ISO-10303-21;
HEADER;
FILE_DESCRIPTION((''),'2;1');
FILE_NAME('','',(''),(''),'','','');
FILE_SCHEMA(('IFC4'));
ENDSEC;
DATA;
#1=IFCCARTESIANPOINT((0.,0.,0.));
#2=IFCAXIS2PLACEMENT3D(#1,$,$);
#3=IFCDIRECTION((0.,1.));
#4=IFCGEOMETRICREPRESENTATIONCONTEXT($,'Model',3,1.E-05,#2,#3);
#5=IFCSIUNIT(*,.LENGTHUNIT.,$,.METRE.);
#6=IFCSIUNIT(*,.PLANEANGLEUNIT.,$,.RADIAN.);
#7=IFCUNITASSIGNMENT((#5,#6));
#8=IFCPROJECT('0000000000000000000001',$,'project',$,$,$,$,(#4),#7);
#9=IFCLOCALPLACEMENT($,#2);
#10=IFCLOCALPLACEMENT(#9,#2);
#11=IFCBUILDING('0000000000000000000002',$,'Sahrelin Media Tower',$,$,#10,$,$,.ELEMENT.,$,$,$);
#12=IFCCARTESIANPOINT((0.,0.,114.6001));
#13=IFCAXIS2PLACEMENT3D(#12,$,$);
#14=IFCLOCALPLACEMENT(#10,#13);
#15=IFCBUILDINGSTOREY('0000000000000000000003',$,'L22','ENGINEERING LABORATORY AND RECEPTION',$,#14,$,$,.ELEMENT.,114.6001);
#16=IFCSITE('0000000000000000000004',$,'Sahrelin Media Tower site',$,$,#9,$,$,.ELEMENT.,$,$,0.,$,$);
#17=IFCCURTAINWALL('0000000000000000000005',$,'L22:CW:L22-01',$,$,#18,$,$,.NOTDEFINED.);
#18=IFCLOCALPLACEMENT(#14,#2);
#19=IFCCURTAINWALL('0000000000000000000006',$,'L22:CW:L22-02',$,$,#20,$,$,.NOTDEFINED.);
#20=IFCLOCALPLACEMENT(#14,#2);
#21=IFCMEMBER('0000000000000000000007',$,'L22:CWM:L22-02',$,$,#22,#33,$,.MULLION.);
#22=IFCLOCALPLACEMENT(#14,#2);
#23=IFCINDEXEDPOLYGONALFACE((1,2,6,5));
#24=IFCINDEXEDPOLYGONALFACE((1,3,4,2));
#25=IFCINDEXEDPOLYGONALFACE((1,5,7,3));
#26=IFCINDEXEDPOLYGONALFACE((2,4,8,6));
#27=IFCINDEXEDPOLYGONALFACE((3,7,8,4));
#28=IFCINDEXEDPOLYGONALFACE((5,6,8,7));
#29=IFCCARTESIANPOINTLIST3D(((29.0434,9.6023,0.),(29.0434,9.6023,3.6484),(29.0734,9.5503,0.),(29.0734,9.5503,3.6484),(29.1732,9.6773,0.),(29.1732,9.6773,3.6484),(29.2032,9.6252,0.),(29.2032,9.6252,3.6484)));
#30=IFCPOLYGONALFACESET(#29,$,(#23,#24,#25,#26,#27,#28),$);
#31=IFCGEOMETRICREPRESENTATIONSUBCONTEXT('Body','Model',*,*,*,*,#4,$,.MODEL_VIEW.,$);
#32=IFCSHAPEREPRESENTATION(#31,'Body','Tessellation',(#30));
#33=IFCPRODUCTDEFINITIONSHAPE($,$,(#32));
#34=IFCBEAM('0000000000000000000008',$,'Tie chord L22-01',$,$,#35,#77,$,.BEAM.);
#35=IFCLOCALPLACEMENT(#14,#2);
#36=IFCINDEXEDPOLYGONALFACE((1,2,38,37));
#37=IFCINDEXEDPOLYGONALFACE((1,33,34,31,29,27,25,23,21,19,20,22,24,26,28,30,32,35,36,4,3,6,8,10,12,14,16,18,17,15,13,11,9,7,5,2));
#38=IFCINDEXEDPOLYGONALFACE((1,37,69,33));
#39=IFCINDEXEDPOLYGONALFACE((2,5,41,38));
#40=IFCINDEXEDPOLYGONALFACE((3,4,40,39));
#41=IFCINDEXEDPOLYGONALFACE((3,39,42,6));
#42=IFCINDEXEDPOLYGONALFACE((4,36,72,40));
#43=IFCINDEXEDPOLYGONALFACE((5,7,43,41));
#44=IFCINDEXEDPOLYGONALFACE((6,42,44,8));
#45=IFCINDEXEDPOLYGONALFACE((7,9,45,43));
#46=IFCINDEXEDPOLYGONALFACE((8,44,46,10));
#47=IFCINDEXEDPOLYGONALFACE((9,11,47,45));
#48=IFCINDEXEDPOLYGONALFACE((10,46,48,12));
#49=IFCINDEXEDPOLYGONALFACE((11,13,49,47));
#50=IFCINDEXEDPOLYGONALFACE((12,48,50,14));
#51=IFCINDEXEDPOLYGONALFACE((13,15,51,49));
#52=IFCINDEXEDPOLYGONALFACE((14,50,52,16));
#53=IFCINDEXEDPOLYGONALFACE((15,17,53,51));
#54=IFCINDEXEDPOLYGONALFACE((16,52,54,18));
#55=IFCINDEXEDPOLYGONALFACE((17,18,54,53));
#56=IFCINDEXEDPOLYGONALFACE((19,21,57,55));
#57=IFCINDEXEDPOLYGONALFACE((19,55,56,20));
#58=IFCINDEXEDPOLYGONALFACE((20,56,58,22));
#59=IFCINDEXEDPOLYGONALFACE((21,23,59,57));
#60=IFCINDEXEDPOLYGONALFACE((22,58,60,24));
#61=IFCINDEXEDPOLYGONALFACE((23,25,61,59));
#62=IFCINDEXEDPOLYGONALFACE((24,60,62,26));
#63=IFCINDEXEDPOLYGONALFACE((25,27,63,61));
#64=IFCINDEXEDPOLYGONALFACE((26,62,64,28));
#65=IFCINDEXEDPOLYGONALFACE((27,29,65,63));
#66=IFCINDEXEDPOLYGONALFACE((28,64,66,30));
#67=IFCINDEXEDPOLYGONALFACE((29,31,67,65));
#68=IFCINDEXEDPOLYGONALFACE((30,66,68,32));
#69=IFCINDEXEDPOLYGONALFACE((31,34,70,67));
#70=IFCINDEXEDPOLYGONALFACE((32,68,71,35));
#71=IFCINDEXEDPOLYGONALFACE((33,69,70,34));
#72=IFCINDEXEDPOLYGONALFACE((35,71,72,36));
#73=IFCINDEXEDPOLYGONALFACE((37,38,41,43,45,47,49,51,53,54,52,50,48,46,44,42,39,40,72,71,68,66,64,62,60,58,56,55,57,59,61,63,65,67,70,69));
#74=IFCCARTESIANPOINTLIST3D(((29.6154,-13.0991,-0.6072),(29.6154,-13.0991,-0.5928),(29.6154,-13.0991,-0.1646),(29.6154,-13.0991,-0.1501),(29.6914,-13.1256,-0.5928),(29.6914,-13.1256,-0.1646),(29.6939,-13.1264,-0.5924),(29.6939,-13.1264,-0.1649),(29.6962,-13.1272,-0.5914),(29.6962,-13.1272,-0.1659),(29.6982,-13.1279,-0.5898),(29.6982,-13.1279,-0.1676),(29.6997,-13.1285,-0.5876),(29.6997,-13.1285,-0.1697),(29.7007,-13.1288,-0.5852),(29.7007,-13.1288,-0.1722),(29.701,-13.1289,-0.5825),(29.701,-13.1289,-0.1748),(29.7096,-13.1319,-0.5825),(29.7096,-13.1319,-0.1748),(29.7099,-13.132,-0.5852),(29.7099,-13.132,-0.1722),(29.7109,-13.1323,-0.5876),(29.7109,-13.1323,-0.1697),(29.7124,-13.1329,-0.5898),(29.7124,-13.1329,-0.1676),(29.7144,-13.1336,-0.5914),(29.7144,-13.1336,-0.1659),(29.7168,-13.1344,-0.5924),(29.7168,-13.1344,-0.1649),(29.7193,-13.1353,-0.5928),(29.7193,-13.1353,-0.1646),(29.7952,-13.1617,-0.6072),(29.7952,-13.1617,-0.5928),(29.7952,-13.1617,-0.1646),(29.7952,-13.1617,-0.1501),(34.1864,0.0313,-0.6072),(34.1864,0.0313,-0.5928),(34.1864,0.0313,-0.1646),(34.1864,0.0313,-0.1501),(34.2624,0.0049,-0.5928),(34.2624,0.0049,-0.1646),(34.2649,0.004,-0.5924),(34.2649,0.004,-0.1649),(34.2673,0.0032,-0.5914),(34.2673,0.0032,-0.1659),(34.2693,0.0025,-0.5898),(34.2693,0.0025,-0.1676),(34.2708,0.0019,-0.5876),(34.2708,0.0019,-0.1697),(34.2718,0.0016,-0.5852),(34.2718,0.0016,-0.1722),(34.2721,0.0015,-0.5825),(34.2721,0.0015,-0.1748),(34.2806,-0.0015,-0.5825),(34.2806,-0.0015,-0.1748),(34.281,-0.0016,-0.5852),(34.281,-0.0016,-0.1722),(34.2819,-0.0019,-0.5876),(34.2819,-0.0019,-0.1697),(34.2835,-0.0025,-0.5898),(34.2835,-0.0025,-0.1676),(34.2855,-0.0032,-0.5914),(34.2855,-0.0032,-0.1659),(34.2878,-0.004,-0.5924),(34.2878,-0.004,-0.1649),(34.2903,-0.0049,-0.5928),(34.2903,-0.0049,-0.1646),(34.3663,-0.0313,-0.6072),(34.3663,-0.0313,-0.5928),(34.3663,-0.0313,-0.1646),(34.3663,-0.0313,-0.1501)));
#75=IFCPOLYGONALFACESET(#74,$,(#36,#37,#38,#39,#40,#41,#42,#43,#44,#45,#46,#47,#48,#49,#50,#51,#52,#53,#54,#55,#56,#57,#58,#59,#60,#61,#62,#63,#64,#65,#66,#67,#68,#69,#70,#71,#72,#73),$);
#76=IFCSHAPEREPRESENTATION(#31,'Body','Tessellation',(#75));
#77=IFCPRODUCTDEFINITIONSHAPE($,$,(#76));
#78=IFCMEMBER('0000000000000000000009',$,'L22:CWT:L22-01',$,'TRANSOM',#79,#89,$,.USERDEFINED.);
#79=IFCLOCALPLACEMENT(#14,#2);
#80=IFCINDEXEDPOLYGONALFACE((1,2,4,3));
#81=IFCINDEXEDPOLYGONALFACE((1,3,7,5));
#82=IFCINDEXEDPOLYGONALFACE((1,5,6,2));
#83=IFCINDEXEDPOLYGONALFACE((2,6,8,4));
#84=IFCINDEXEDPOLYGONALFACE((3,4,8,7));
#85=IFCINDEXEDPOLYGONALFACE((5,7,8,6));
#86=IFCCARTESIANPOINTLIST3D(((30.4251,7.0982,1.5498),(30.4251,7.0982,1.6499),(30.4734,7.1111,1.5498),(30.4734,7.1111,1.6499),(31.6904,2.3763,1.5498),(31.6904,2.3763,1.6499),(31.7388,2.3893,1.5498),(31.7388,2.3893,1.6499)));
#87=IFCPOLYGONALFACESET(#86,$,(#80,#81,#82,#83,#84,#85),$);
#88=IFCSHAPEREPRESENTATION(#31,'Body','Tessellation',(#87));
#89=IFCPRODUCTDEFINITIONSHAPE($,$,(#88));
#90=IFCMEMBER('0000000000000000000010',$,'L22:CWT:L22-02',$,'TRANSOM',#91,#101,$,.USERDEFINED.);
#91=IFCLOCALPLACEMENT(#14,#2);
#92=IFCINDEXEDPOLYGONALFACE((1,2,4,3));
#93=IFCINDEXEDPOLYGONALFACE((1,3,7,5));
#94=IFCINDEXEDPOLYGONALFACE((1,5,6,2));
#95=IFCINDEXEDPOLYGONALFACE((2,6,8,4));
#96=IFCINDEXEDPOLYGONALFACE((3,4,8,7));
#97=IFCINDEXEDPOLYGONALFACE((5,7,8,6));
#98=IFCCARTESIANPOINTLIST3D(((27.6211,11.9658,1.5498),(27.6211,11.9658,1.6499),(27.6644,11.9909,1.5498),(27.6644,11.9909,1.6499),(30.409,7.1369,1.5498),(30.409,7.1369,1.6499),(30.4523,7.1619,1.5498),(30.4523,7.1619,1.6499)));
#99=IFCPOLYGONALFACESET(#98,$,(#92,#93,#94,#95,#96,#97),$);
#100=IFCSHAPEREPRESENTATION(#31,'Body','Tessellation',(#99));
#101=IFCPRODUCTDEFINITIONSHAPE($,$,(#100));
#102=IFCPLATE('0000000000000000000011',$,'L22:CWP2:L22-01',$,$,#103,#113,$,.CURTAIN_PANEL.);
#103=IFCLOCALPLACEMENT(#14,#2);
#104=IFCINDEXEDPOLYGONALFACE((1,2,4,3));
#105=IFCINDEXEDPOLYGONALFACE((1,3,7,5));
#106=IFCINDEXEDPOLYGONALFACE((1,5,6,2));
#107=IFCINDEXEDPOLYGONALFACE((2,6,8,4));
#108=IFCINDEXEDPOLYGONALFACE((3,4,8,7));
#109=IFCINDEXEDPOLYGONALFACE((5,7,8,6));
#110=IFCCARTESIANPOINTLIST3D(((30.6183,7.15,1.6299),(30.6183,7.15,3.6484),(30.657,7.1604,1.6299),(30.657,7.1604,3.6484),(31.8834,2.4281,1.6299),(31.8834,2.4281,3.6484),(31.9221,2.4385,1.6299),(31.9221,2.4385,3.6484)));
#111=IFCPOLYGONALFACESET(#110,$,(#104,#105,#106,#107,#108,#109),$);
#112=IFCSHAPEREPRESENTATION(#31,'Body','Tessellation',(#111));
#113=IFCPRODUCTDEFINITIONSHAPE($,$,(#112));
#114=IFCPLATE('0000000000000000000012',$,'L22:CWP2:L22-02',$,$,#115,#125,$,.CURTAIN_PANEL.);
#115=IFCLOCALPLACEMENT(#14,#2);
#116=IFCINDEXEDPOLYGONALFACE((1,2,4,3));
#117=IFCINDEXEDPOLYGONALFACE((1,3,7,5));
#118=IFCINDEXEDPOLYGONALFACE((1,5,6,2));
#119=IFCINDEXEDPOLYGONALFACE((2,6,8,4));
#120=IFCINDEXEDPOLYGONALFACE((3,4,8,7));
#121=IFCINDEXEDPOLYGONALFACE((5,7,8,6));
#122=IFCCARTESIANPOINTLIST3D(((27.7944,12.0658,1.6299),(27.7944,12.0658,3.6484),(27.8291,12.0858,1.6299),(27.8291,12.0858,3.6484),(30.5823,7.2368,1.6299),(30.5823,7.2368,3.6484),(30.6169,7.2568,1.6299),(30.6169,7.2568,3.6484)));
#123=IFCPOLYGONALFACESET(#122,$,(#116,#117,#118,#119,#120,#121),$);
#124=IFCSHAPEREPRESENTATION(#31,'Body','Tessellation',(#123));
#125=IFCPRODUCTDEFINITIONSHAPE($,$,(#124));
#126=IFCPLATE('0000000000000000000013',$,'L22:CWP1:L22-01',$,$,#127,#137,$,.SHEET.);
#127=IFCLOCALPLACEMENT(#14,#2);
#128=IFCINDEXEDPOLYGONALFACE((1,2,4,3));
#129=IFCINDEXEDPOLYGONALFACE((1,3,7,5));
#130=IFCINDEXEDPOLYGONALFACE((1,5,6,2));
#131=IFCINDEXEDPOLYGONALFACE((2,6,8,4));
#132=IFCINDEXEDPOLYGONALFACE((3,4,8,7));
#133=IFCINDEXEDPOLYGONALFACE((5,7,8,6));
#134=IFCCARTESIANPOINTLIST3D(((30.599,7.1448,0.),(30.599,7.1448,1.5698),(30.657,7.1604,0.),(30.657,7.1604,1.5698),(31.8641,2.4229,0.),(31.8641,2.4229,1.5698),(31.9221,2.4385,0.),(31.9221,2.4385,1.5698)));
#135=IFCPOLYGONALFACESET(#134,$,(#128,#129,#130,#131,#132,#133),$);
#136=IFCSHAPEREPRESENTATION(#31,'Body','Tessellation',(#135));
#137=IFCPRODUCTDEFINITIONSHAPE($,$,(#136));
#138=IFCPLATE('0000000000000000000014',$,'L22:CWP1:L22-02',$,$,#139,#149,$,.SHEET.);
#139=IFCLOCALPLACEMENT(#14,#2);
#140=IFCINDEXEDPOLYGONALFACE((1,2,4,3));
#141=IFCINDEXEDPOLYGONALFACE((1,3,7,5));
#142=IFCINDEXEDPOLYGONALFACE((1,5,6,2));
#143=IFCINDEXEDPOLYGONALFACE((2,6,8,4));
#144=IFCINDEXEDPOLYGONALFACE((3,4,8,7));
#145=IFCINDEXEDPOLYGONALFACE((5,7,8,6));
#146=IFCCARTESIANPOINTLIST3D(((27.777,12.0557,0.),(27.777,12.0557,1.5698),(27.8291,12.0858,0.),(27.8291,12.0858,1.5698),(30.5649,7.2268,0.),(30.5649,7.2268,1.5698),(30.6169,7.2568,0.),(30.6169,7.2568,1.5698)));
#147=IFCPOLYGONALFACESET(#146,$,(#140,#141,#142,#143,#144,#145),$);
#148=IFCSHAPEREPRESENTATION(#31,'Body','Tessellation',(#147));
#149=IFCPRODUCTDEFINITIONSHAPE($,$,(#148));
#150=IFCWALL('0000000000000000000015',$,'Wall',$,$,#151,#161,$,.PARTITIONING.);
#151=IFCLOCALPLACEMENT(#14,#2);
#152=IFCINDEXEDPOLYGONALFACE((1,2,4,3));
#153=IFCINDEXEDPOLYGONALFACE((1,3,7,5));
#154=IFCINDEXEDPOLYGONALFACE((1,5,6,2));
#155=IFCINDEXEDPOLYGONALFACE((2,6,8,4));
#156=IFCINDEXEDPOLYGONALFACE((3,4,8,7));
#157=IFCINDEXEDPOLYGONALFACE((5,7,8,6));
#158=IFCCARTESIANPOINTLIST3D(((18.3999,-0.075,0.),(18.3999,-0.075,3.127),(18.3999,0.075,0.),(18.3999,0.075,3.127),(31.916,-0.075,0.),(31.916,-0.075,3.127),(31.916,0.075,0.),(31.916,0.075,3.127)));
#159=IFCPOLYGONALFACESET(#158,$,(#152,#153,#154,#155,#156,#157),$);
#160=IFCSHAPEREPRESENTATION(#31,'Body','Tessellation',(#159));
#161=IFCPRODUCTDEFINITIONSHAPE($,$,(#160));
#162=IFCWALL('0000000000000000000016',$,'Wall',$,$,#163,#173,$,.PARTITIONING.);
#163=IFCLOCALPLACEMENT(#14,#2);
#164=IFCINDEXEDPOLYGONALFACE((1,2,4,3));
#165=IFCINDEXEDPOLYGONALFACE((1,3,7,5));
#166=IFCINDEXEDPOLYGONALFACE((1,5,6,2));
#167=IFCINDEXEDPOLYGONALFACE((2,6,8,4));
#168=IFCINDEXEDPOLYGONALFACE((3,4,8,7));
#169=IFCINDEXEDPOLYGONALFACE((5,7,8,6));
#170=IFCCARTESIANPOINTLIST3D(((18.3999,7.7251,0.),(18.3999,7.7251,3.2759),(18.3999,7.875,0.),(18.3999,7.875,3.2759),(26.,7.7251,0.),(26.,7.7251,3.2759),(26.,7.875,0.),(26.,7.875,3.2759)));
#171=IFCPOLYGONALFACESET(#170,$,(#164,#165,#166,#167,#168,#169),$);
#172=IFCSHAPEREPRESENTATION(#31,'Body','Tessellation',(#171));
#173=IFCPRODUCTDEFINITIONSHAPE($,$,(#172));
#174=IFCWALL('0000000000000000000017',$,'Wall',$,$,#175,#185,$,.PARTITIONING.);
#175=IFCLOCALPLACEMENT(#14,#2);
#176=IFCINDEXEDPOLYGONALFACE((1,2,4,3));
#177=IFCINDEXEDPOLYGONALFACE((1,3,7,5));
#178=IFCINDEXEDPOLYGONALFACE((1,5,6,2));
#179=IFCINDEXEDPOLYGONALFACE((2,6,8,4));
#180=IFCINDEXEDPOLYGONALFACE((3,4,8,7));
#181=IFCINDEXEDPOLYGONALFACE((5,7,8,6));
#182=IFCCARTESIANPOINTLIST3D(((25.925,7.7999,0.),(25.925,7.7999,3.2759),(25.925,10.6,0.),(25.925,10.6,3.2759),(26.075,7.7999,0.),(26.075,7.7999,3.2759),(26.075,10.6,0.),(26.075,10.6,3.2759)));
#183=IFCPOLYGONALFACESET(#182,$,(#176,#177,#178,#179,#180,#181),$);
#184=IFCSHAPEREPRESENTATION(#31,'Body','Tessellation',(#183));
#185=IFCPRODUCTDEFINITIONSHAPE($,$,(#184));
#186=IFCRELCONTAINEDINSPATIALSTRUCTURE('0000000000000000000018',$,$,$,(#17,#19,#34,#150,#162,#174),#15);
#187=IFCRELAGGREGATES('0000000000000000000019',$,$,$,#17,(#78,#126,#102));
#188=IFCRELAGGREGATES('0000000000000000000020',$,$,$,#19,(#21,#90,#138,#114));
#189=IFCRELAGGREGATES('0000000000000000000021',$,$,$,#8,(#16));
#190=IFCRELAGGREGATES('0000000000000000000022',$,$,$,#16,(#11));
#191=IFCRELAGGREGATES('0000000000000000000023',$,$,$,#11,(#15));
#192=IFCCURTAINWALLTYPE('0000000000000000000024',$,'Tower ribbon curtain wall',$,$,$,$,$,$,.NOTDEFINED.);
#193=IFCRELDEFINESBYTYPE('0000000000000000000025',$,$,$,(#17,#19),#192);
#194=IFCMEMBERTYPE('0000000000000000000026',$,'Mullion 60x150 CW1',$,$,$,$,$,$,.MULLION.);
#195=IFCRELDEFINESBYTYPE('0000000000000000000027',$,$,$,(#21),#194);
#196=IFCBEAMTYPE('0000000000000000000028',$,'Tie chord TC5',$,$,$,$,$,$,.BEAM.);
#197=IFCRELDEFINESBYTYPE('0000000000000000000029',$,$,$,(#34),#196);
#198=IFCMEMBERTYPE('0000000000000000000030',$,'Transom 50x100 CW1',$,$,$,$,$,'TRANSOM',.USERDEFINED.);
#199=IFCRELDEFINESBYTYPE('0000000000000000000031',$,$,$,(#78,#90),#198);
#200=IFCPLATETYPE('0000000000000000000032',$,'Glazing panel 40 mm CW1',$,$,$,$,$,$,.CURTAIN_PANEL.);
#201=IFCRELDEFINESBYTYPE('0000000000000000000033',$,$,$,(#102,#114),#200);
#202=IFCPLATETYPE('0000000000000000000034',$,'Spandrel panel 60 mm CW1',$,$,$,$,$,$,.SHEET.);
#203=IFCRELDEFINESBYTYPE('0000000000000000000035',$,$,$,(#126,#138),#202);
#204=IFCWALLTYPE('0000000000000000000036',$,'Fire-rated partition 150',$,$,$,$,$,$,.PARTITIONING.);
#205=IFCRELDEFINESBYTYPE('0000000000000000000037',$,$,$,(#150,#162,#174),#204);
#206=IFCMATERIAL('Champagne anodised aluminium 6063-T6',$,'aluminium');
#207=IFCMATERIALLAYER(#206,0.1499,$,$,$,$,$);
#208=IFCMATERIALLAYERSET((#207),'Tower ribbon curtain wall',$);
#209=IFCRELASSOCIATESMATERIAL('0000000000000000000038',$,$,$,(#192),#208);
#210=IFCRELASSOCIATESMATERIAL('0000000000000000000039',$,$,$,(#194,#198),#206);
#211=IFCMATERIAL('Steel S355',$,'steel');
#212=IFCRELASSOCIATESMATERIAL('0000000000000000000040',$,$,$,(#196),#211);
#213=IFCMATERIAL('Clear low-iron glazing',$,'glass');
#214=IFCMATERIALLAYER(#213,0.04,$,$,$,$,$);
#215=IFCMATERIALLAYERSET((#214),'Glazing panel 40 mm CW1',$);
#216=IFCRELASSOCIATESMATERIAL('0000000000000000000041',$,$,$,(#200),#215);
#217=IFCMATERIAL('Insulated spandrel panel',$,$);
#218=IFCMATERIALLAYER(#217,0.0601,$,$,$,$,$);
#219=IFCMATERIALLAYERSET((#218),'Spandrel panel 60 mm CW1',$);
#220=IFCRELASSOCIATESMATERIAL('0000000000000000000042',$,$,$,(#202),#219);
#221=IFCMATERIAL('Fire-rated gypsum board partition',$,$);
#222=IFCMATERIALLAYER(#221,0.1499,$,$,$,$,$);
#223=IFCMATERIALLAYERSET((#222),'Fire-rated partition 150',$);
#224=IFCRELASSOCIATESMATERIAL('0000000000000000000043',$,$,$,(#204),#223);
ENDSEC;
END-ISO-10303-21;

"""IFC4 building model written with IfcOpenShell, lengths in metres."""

from ifc_helpers import new_model, si_unit, direction, frame, frame_2d, origin, origin_2d, place, context, subcontext, project, spatial, polyline, rectangle, i_section, outline, extrude, material, layer, layer_set, material_profile, profile_set, type_object, element, aggregate, save


model = new_model("IFC4")

# Units and contexts
model_context = context("Model", 3, precision=1e-05, world=origin(), true_north=direction((0.0, 1.0)))
body_context = subcontext(model_context, "Body", "Model", "MODEL_VIEW")
ifc_project = project(units=[si_unit("LENGTHUNIT", "METRE"), si_unit("PLANEANGLEUNIT", "RADIAN")], contexts=[model_context])

# Site, building, storey
site_placement = place(None, origin())
site = spatial("IfcSite", under=ifc_project, at=site_placement, Name="Sahrelin Media Tower site", CompositionType="ELEMENT", RefElevation=0.0)
building_placement = place(site_placement, origin())
building = spatial("IfcBuilding", under=site, at=building_placement, Name="Sahrelin Media Tower", CompositionType="ELEMENT")
storey_placement = place(building_placement, frame((0.0, 0.0, 114.6001)))
storey = spatial("IfcBuildingStorey", under=building, at=storey_placement, Name="L22", Description="ENGINEERING LABORATORY AND RECEPTION", CompositionType="ELEMENT", Elevation=114.6001)

# Shared definitions
ifc_material_1 = material(Name="Steel S355", Category="steel")

# Curtain walls, member
ifc_material_2 = material(Name="Champagne anodised aluminium 6063-T6", Category="aluminium")
ifc_layer_1 = layer(ifc_material_2, 0.1499)
ifc_layer_set_1 = layer_set([ifc_layer_1], Name="Tower ribbon curtain wall")
curtain_wall_type = type_object("IfcCurtainWallType", Name="Tower ribbon curtain wall", PredefinedType="NOTDEFINED", material=ifc_layer_set_1)
ifc_material_profile_1 = material_profile(ifc_material_2, rectangle(XDim=0.0601, YDim=0.1499, at=origin_2d()), Name="Mullion 60x150")
ifc_profile_set_1 = profile_set([ifc_material_profile_1], Name="Champagne anodised aluminium 6063-T6")
member_type_1 = type_object("IfcMemberType", Name="Mullion 60x150 CW1", PredefinedType="MULLION", material=ifc_profile_set_1)
curtain_wall_1_placement = place(storey_placement, frame((31.2703, 4.7942, 0.0), z_axis=(0.0, 0.0, 1.0), x_axis=(1.0, 0.0, 0.0)))
curtain_wall_1 = element("IfcCurtainWall", 1, at=curtain_wall_1_placement, inside=storey, type_object=curtain_wall_type, Name="L22:CW:L22-01", PredefinedType="NOTDEFINED")
curtain_wall_2_placement = place(storey_placement, frame((29.2056, 9.6611, 0.0), z_axis=(0.0, 0.0, 1.0), x_axis=(1.0, 0.0, 0.0)))
curtain_wall_2 = element("IfcCurtainWall", 2, at=curtain_wall_2_placement, inside=storey, type_object=curtain_wall_type, Name="L22:CW:L22-02", PredefinedType="NOTDEFINED")
member_1_placement = place(storey_placement, frame((29.1233, 9.6138, 0.0), z_axis=(0.0, 0.0, 1.0), x_axis=(-0.499991, 0.866031, 0.0)))
member_1 = element("IfcMember", 3, at=member_1_placement, type_object=member_type_1, Name="L22:CWM:L22-02", PredefinedType="MULLION", context=body_context, shape_type="SweptSolid", body=[
    extrude(rectangle(XDim=0.0601, YDim=0.1499, at=origin_2d()), origin(), (0.0, 0.0, 1.0), 3.6484),
])

# Beam
ifc_material_profile_2 = material_profile(ifc_material_1, i_section(OverallWidth=0.1904, OverallDepth=0.457, WebThickness=0.009, FlangeThickness=0.0144, FilletRadius=0.0103, at=origin_2d()), Name="UB 457x191x74")
ifc_profile_set_2 = profile_set([ifc_material_profile_2], Name="Steel S355")
beam_type_1 = type_object("IfcBeamType", Name="Tie chord TC5", PredefinedType="BEAM", material=ifc_profile_set_2)
beam_1_placement = place(storey_placement, frame((34.2764, 0.0, -0.3787), z_axis=(-0.328775, -0.944408, 0.0), x_axis=(0.944408, -0.328775, 0.0)))
element("IfcBeam", 4, at=beam_1_placement, inside=storey, type_object=beam_type_1, Name="Tie chord L22-01", PredefinedType="BEAM", context=body_context, shape_type="SweptSolid", body=[
    extrude(i_section(OverallWidth=0.1904, OverallDepth=0.457, WebThickness=0.009, FlangeThickness=0.0144, FilletRadius=0.0103, at=origin_2d()), origin(), (0.0, 0.0, 1.0), 13.9033),
])

# Members
ifc_material_profile_3 = material_profile(ifc_material_2, rectangle(XDim=0.05, YDim=0.1001, at=origin_2d()), Name="Transom 50x100")
ifc_profile_set_3 = profile_set([ifc_material_profile_3], Name="Champagne anodised aluminium 6063-T6")
member_type_2 = type_object("IfcMemberType", Name="Transom 50x100 CW1", ElementType="TRANSOM", PredefinedType="USERDEFINED", material=ifc_profile_set_3)
member_2_placement = place(storey_placement, frame((31.7146, 2.3828, 1.5999), z_axis=(-0.258847, 0.965918, 0.0), x_axis=(-0.965918, -0.258847, 0.0)))
member_2 = element("IfcMember", 5, at=member_2_placement, type_object=member_type_2, Name="L22:CWT:L22-01", ObjectType="TRANSOM", PredefinedType="USERDEFINED", context=body_context, shape_type="SweptSolid", body=[
    extrude(rectangle(XDim=0.05, YDim=0.1001, at=origin_2d()), origin(), (0.0, 0.0, 1.0), 4.8884),
])
member_3_placement = place(storey_placement, frame((30.4307, 7.1494, 1.5999), z_axis=(-0.499987, 0.866033, 0.0), x_axis=(-0.866033, -0.499987, 0.0)))
member_3 = element("IfcMember", 6, at=member_3_placement, type_object=member_type_2, Name="L22:CWT:L22-02", ObjectType="TRANSOM", PredefinedType="USERDEFINED", context=body_context, shape_type="SweptSolid", body=[
    extrude(rectangle(XDim=0.05, YDim=0.1001, at=origin_2d()), origin(), (0.0, 0.0, 1.0), 5.5759),
])

# Plates
ifc_material_3 = material(Name="Clear low-iron glazing", Category="glass")
ifc_layer_2 = layer(ifc_material_3, 0.04)
ifc_layer_set_2 = layer_set([ifc_layer_2], Name="Glazing panel 40 mm CW1")
plate_type_1 = type_object("IfcPlateType", Name="Glazing panel 40 mm CW1", PredefinedType="CURTAIN_PANEL", material=ifc_layer_set_2)
plate_1_placement = place(storey_placement, frame((31.9221, 2.4385, 1.6299), z_axis=(0.965931, 0.2588, 0.0), x_axis=(-0.2588, 0.965931, 0.0)))
plate_1 = element("IfcPlate", 7, at=plate_1_placement, type_object=plate_type_1, Name="L22:CWP2:L22-01", PredefinedType="CURTAIN_PANEL", context=body_context, shape_type="SweptSolid", body=[
    extrude(outline(polyline([(0.0, 0.0), (4.8884, 0.0), (4.8884, 2.0186), (0.0, 2.0186), (0.0, 0.0)])), origin(), (0.0, 0.0, -1.0), 0.04),
])
plate_2_placement = place(storey_placement, frame((30.6169, 7.2568, 1.6299), z_axis=(0.866033, 0.499987, 0.0), x_axis=(-0.499987, 0.866033, 0.0)))
plate_2 = element("IfcPlate", 8, at=plate_2_placement, type_object=plate_type_1, Name="L22:CWP2:L22-02", PredefinedType="CURTAIN_PANEL", context=body_context, shape_type="SweptSolid", body=[
    extrude(outline(polyline([(0.0, 0.0), (5.5759, 0.0), (5.5759, 2.0186), (0.0, 2.0186), (0.0, 0.0)])), origin(), (0.0, 0.0, -1.0), 0.04),
])
ifc_material_4 = material(Name="Insulated spandrel panel")
ifc_layer_3 = layer(ifc_material_4, 0.0601)
ifc_layer_set_3 = layer_set([ifc_layer_3], Name="Spandrel panel 60 mm CW1")
plate_type_2 = type_object("IfcPlateType", Name="Spandrel panel 60 mm CW1", PredefinedType="SHEET", material=ifc_layer_set_3)
plate_3_placement = place(storey_placement, frame((31.9221, 2.4385, 0.0), z_axis=(0.965931, 0.2588, 0.0), x_axis=(-0.2588, 0.965931, 0.0)))
plate_3 = element("IfcPlate", 9, at=plate_3_placement, type_object=plate_type_2, Name="L22:CWP1:L22-01", PredefinedType="SHEET", context=body_context, shape_type="SweptSolid", body=[
    extrude(outline(polyline([(0.0, 0.0), (4.8884, 0.0), (4.8884, 1.5698), (0.0, 1.5698), (0.0, 0.0)])), origin(), (0.0, 0.0, -1.0), 0.0601),
])
aggregate(curtain_wall_1, [member_2, plate_3, plate_1])
plate_4_placement = place(storey_placement, frame((30.6169, 7.2568, 0.0), z_axis=(0.866033, 0.499987, 0.0), x_axis=(-0.499987, 0.866033, 0.0)))
plate_4 = element("IfcPlate", 10, at=plate_4_placement, type_object=plate_type_2, Name="L22:CWP1:L22-02", PredefinedType="SHEET", context=body_context, shape_type="SweptSolid", body=[
    extrude(outline(polyline([(0.0, 0.0), (5.5759, 0.0), (5.5759, 1.5698), (0.0, 1.5698), (0.0, 0.0)])), origin(), (0.0, 0.0, -1.0), 0.0601),
])
aggregate(curtain_wall_2, [member_1, member_3, plate_4, plate_2])

# Walls
ifc_material_5 = material(Name="Fire-rated gypsum board partition")
ifc_layer_4 = layer(ifc_material_5, 0.1499)
ifc_layer_set_4 = layer_set([ifc_layer_4], Name="Fire-rated partition 150")
wall_type = type_object("IfcWallType", Name="Fire-rated partition 150", PredefinedType="PARTITIONING", material=ifc_layer_set_4)
wall_1_placement = place(storey_placement, frame((18.3999, 0.0, 0.0), z_axis=(0.0, 0.0, 1.0), x_axis=(1.0, 0.0, 0.0)))
element("IfcWall", 11, at=wall_1_placement, inside=storey, type_object=wall_type, Name="Wall", PredefinedType="PARTITIONING", context=body_context, shape_type="SweptSolid", body=[
    extrude(rectangle(XDim=13.5161, YDim=0.1499, at=frame_2d((6.7581, 0.0))), origin(), (0.0, 0.0, 1.0), 3.127),
])
wall_2_placement = place(storey_placement, frame((18.3999, 7.8, 0.0), z_axis=(0.0, 0.0, 1.0), x_axis=(1.0, 0.0, 0.0)))
element("IfcWall", 12, at=wall_2_placement, inside=storey, type_object=wall_type, Name="Wall", PredefinedType="PARTITIONING", context=body_context, shape_type="SweptSolid", body=[
    extrude(rectangle(XDim=7.6001, YDim=0.1499, at=frame_2d((3.8, 0.0))), origin(), (0.0, 0.0, 1.0), 3.2759),
])
wall_3_placement = place(storey_placement, frame((26.0, 7.8, 0.0), z_axis=(0.0, 0.0, 1.0), x_axis=(0.0, 1.0, 0.0)))
element("IfcWall", 13, at=wall_3_placement, inside=storey, type_object=wall_type, Name="Wall", PredefinedType="PARTITIONING", context=body_context, shape_type="SweptSolid", body=[
    extrude(rectangle(XDim=2.8, YDim=0.1499, at=frame_2d((1.3999, 0.0))), origin(), (0.0, 0.0, 1.0), 3.2759),
])

save(model, "model.ifc")
